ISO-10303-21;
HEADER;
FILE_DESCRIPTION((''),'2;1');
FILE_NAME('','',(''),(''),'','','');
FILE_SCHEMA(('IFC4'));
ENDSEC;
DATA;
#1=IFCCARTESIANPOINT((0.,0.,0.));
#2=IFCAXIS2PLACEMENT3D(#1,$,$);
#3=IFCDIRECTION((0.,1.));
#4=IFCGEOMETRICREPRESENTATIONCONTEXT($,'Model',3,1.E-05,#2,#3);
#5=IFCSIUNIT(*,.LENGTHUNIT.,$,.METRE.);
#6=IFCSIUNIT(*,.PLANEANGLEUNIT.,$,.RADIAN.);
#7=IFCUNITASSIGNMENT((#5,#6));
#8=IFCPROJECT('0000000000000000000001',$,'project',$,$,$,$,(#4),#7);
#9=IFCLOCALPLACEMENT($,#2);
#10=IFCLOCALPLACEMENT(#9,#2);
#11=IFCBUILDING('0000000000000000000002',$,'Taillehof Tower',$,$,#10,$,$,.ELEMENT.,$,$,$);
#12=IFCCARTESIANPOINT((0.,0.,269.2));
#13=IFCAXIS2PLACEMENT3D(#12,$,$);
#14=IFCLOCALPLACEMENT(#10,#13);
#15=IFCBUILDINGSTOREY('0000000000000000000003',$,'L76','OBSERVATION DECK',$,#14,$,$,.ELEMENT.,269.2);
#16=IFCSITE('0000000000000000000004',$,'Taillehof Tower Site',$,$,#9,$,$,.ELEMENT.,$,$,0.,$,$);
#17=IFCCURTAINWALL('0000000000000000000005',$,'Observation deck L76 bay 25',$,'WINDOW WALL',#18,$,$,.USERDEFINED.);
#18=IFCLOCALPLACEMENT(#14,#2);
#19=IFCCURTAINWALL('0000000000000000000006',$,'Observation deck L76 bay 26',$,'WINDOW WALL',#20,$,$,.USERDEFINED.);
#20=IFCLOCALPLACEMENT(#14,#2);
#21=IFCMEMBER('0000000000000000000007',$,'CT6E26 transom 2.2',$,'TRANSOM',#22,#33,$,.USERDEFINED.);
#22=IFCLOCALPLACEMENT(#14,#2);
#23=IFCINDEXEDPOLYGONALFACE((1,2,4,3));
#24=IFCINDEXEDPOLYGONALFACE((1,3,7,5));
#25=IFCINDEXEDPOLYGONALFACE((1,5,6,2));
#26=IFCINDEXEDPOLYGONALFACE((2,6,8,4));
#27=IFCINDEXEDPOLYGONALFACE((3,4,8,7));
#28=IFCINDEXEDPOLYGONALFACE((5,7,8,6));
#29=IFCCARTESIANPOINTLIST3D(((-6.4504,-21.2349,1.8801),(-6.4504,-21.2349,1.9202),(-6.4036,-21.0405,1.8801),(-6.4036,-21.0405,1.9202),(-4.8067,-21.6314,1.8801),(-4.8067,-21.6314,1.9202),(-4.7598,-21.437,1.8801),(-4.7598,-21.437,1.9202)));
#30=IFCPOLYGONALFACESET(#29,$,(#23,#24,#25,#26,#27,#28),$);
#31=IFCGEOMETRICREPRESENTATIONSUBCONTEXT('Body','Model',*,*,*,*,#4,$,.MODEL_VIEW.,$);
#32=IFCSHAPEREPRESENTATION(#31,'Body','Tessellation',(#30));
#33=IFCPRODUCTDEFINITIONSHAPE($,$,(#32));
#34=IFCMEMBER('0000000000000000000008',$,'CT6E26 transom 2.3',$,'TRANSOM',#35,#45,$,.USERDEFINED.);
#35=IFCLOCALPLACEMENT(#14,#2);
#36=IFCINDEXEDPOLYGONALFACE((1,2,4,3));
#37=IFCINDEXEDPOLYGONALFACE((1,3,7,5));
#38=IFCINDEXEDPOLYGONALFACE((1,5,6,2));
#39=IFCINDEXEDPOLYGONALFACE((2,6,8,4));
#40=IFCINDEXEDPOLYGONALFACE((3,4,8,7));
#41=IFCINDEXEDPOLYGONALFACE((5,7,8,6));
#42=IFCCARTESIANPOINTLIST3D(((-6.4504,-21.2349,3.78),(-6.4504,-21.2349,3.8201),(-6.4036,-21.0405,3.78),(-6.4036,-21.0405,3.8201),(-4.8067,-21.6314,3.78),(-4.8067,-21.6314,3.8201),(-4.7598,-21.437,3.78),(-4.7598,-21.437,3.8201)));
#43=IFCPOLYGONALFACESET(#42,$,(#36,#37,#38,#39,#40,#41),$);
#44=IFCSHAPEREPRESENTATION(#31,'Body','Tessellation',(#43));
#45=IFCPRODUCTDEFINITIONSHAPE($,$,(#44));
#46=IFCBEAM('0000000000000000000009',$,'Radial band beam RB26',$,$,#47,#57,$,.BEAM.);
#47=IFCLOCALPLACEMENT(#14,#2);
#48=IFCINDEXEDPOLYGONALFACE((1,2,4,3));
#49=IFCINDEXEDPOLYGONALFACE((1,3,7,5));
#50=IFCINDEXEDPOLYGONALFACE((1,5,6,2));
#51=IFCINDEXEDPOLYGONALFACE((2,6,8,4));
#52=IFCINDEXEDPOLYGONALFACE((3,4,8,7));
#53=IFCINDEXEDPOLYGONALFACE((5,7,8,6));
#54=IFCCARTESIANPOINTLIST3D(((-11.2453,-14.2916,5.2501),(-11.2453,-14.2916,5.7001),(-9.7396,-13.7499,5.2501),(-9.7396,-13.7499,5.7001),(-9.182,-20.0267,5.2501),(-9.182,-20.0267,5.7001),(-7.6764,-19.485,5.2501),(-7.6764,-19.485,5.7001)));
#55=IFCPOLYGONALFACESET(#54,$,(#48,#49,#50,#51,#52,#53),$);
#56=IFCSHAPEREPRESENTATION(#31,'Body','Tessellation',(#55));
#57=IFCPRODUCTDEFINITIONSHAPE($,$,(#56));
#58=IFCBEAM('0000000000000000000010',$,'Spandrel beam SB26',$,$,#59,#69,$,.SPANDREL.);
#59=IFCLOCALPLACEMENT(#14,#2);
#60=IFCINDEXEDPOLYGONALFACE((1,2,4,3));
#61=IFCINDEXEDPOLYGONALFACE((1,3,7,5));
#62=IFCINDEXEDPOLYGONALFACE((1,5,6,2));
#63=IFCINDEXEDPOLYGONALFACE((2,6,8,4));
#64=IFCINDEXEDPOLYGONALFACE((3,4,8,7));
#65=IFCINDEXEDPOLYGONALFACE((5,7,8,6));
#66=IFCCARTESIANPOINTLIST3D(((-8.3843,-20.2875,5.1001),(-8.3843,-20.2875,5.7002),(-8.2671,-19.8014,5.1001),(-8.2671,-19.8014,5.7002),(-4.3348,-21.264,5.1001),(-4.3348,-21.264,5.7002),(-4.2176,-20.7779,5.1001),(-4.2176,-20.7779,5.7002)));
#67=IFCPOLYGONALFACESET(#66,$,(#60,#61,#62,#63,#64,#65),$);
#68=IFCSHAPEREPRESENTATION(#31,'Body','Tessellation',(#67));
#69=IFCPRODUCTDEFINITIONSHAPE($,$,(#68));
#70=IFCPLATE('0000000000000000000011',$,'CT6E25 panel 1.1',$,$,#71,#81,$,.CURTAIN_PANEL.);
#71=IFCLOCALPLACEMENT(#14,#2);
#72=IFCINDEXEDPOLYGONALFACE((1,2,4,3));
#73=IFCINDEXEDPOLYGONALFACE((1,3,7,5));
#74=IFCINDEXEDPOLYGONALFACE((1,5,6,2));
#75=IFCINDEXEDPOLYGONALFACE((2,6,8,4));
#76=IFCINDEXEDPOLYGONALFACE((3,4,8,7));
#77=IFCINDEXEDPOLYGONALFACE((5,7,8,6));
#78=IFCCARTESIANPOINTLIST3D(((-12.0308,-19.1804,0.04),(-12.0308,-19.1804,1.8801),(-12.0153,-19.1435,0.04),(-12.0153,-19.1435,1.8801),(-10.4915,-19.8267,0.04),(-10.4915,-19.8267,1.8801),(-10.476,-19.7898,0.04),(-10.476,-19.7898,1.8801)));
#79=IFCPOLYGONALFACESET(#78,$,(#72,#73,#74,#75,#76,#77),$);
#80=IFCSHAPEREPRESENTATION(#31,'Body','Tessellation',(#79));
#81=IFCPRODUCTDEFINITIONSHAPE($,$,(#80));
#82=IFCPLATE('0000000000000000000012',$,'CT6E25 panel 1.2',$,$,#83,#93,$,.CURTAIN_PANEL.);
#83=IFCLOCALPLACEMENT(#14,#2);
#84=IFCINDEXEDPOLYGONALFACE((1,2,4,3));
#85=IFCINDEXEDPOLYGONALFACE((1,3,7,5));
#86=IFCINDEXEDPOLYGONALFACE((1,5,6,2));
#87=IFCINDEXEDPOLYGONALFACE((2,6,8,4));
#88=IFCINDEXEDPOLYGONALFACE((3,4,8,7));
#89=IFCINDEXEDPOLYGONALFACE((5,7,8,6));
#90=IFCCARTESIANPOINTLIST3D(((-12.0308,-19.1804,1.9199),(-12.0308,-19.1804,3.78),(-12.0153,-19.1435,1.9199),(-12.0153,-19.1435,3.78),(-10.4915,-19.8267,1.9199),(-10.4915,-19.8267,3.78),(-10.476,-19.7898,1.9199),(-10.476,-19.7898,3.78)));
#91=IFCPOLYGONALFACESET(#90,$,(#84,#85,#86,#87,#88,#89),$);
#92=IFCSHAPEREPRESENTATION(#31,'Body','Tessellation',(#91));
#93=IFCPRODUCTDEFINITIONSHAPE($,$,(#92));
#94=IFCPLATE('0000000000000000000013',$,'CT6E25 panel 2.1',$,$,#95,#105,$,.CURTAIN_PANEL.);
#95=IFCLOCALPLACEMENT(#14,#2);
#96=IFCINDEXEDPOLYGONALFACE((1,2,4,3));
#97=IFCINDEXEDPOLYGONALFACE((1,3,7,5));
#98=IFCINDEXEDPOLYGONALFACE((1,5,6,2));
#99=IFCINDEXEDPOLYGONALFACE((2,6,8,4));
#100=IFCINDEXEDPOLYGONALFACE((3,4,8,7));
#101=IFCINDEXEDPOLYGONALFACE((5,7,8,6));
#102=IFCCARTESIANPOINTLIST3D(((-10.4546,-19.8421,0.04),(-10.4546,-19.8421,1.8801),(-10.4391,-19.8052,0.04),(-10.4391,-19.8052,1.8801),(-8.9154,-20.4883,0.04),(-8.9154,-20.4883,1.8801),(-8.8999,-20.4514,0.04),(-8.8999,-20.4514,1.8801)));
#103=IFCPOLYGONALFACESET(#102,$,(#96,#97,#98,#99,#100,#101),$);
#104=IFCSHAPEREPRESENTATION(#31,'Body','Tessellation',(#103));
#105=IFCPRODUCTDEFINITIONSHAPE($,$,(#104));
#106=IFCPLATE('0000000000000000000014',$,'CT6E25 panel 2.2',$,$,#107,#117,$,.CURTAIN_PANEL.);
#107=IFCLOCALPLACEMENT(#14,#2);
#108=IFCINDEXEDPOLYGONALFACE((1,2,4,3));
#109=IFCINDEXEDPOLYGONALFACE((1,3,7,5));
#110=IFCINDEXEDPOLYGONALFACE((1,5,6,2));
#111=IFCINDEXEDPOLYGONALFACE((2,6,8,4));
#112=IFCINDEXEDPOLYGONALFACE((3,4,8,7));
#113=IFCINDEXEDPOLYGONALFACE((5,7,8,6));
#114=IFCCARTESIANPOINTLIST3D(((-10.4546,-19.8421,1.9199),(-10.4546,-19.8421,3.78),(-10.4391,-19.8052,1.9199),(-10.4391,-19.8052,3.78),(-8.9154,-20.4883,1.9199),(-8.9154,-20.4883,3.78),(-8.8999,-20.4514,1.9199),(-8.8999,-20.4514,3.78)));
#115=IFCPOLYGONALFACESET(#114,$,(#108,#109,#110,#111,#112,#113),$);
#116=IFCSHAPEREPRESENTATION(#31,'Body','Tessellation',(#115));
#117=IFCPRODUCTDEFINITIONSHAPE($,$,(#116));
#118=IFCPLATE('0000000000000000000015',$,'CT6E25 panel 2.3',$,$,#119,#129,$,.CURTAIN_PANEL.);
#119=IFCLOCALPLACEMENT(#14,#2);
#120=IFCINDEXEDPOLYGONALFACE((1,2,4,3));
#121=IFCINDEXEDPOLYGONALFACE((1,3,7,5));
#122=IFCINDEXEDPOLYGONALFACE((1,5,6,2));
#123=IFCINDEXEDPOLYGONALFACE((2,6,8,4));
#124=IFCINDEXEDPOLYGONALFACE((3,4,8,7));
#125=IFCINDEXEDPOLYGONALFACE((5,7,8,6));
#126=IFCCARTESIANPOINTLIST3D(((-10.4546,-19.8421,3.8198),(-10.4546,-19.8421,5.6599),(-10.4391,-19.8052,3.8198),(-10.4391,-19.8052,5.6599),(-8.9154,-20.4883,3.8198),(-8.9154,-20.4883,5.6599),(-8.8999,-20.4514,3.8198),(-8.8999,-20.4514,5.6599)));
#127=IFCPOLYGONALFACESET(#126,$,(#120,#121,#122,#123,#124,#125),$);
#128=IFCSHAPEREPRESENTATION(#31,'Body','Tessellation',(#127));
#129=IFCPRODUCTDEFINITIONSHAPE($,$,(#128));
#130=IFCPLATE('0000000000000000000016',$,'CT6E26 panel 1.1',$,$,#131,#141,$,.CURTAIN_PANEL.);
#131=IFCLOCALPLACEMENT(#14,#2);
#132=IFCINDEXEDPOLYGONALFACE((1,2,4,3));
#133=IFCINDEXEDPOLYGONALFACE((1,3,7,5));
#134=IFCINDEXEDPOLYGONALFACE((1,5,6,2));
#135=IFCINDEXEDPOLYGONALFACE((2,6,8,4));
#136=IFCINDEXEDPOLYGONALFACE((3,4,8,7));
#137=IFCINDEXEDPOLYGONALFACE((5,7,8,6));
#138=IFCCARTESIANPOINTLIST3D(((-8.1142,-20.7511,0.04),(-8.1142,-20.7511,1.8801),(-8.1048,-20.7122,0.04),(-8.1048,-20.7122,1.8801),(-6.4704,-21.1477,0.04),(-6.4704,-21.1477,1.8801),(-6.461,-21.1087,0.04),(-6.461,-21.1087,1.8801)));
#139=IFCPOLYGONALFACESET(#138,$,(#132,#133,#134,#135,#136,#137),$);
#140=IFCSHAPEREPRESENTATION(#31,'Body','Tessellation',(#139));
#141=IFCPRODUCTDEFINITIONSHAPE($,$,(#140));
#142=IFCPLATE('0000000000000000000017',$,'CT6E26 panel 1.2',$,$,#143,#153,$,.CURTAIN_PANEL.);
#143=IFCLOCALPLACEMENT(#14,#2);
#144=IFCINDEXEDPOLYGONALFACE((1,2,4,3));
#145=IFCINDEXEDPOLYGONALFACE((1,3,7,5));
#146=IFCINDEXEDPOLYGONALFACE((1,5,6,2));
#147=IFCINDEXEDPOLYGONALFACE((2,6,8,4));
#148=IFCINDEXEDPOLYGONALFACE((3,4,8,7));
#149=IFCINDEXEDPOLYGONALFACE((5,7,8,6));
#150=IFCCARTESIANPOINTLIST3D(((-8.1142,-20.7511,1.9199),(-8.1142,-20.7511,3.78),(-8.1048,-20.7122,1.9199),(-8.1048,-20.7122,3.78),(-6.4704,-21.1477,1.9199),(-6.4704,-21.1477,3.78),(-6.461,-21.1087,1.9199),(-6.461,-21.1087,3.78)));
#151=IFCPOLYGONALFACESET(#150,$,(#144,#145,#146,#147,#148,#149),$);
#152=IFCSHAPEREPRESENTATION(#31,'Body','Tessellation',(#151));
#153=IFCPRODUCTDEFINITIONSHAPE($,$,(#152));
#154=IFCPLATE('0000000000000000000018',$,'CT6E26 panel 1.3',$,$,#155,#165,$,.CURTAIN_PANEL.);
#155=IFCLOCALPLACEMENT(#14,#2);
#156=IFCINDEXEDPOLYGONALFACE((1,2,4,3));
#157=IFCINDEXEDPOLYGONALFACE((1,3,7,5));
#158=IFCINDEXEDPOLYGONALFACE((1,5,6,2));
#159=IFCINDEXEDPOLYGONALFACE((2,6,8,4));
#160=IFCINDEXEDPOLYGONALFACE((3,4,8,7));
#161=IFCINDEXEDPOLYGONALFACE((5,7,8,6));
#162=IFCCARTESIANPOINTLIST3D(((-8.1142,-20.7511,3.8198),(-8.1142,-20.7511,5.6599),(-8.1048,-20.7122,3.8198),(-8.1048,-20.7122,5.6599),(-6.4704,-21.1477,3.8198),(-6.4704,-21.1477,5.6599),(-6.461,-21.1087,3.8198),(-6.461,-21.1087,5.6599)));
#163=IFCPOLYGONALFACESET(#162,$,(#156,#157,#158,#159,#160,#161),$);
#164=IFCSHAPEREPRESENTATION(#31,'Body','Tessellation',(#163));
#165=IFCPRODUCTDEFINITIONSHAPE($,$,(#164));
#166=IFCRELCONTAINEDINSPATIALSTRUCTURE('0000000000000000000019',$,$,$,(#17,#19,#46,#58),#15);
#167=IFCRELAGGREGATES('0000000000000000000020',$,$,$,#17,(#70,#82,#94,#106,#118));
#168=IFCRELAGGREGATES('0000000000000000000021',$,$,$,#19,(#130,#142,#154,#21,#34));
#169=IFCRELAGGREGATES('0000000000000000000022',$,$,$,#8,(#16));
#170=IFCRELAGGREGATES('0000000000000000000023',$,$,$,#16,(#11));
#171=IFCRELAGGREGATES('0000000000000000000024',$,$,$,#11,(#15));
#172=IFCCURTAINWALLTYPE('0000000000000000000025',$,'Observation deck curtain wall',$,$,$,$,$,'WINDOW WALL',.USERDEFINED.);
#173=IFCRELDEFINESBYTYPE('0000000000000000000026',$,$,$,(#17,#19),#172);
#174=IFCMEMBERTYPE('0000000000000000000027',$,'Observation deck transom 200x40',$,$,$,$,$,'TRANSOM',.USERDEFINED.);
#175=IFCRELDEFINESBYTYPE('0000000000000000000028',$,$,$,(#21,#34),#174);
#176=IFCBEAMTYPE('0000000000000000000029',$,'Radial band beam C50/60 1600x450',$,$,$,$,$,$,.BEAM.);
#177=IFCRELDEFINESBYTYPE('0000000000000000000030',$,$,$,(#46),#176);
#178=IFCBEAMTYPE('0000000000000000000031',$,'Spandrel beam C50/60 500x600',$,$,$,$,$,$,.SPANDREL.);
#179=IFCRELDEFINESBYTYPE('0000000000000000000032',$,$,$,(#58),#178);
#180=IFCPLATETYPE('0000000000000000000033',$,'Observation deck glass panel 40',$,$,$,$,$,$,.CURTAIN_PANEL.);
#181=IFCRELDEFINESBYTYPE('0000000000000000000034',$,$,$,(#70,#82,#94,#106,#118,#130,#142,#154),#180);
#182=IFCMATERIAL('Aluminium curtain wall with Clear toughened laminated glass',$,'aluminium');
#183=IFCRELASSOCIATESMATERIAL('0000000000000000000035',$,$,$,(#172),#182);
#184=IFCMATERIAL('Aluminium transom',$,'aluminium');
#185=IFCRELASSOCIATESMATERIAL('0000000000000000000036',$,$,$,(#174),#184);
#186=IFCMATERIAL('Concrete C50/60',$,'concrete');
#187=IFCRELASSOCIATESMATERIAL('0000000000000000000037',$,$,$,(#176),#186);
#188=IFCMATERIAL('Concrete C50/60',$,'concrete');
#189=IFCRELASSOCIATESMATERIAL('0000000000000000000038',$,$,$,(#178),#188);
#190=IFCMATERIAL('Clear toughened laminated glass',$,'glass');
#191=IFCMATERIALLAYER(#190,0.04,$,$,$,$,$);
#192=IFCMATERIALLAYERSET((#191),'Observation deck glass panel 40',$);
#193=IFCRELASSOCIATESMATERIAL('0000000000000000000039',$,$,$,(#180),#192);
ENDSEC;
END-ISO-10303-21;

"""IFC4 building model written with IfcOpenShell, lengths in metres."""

from ifc_helpers import new_model, si_unit, direction, frame, origin, origin_2d, place, context, subcontext, project, spatial, rectangle, extrude, material, layer, layer_set, material_profile, profile_set, type_object, element, aggregate, save


model = new_model("IFC4")

# Units and contexts
model_context = context("Model", 3, precision=1e-05, world=origin(), true_north=direction((0.0, 1.0)))
body_context = subcontext(model_context, "Body", "Model", "MODEL_VIEW")
ifc_project = project(units=[si_unit("LENGTHUNIT", "METRE"), si_unit("PLANEANGLEUNIT", "RADIAN")], contexts=[model_context])

# Site, building, storey
site_placement = place(None, origin())
site = spatial("IfcSite", under=ifc_project, at=site_placement, Name="Taillehof Tower Site", CompositionType="ELEMENT", RefElevation=0.0)
building_placement = place(site_placement, origin())
building = spatial("IfcBuilding", under=site, at=building_placement, Name="Taillehof Tower", CompositionType="ELEMENT")
storey_placement = place(building_placement, frame((0.0, 0.0, 269.2)))
storey = spatial("IfcBuildingStorey", under=building, at=storey_placement, Name="L76", Description="OBSERVATION DECK", CompositionType="ELEMENT", Elevation=269.2)

# Curtain walls
ifc_material_1 = material(Name="Aluminium curtain wall with Clear toughened laminated glass", Category="aluminium")
curtain_wall_type = type_object("IfcCurtainWallType", Name="Observation deck curtain wall", ElementType="WINDOW WALL", PredefinedType="USERDEFINED", material=ifc_material_1)
curtain_wall_1_placement = place(storey_placement, origin())
curtain_wall_1 = element("IfcCurtainWall", 1, at=curtain_wall_1_placement, inside=storey, type_object=curtain_wall_type, Name="Observation deck L76 bay 25", ObjectType="WINDOW WALL", PredefinedType="USERDEFINED")
curtain_wall_2_placement = place(storey_placement, origin())
curtain_wall_2 = element("IfcCurtainWall", 2, at=curtain_wall_2_placement, inside=storey, type_object=curtain_wall_type, Name="Observation deck L76 bay 26", ObjectType="WINDOW WALL", PredefinedType="USERDEFINED")

# Members
ifc_material_2 = material(Name="Aluminium transom", Category="aluminium")
ifc_material_profile_1 = material_profile(ifc_material_2, rectangle(XDim=0.2, YDim=0.04, at=origin_2d()), Name="AL 200x40")
ifc_profile_set_1 = profile_set([ifc_material_profile_1], Name="Aluminium transom")
member_type_1 = type_object("IfcMemberType", Name="Observation deck transom 200x40", ElementType="TRANSOM", PredefinedType="USERDEFINED", material=ifc_profile_set_1)
member_1_placement = place(storey_placement, frame((-6.427, -21.1377, 1.9001), z_axis=(0.972122, -0.234476, 0.0), x_axis=(0.234476, 0.972122, 0.0)))
member_1 = element("IfcMember", 3, at=member_1_placement, type_object=member_type_1, Name="CT6E26 transom 2.2", ObjectType="TRANSOM", PredefinedType="USERDEFINED", context=body_context, shape_type="SweptSolid", body=[
    extrude(rectangle(XDim=0.2, YDim=0.04, at=origin_2d()), origin(), (0.0, 0.0, 1.0), 1.6909),
])
member_2_placement = place(storey_placement, frame((-6.427, -21.1377, 3.8), z_axis=(0.972122, -0.234476, 0.0), x_axis=(0.234476, 0.972122, 0.0)))
member_2 = element("IfcMember", 4, at=member_2_placement, type_object=member_type_1, Name="CT6E26 transom 2.3", ObjectType="TRANSOM", PredefinedType="USERDEFINED", context=body_context, shape_type="SweptSolid", body=[
    extrude(rectangle(XDim=0.2, YDim=0.04, at=origin_2d()), origin(), (0.0, 0.0, 1.0), 1.6909),
])

# Beams
ifc_material_3 = material(Name="Concrete C50/60", Category="concrete")
ifc_material_profile_2 = material_profile(ifc_material_3, rectangle(XDim=1.6001, YDim=0.45, at=origin_2d()), Name="RC 1600x450")
ifc_profile_set_2 = profile_set([ifc_material_profile_2], Name="Concrete C50/60")
beam_type_1 = type_object("IfcBeamType", Name="Radial band beam C50/60 1600x450", PredefinedType="BEAM", material=ifc_profile_set_2)
beam_1_placement = place(storey_placement, frame((-8.4292, -19.7559, 5.4751), z_axis=(-0.338515, 0.940961, 0.0), x_axis=(-0.940961, -0.338515, 0.0)))
element("IfcBeam", 5, at=beam_1_placement, inside=storey, type_object=beam_type_1, Name="Radial band beam RB26", PredefinedType="BEAM", context=body_context, shape_type="SweptSolid", body=[
    extrude(rectangle(XDim=1.6001, YDim=0.45, at=origin_2d()), origin(), (0.0, 0.0, 1.0), 6.095),
])
ifc_material_4 = material(Name="Concrete C50/60", Category="concrete")
ifc_material_profile_3 = material_profile(ifc_material_4, rectangle(XDim=0.5, YDim=0.6001, at=origin_2d()), Name="RC 500x600")
ifc_profile_set_3 = profile_set([ifc_material_profile_3], Name="Concrete C50/60")
beam_type_2 = type_object("IfcBeamType", Name="Spandrel beam C50/60 500x600", PredefinedType="SPANDREL", material=ifc_profile_set_3)
beam_2_placement = place(storey_placement, frame((-8.3257, -20.0444, 5.4001), z_axis=(0.972132, -0.234432, 0.0), x_axis=(0.234432, 0.972132, 0.0)))
element("IfcBeam", 6, at=beam_2_placement, inside=storey, type_object=beam_type_2, Name="Spandrel beam SB26", PredefinedType="SPANDREL", context=body_context, shape_type="SweptSolid", body=[
    extrude(rectangle(XDim=0.5, YDim=0.6001, at=origin_2d()), origin(), (0.0, 0.0, 1.0), 4.1655),
])

# Plates
ifc_material_5 = material(Name="Clear toughened laminated glass", Category="glass")
ifc_layer = layer(ifc_material_5, 0.04)
ifc_layer_set = layer_set([ifc_layer], Name="Observation deck glass panel 40")
plate_type = type_object("IfcPlateType", Name="Observation deck glass panel 40", PredefinedType="CURTAIN_PANEL", material=ifc_layer_set)
plate_1_placement = place(storey_placement, frame((-11.2534, -19.4851, 0.04), z_axis=(0.0, 0.0, 1.0), x_axis=(0.922037, -0.387101, 0.0)))
plate_1 = element("IfcPlate", 7, at=plate_1_placement, type_object=plate_type, Name="CT6E25 panel 1.1", PredefinedType="CURTAIN_PANEL", context=body_context, shape_type="SweptSolid", body=[
    extrude(rectangle(XDim=1.6694, YDim=0.04, at=origin_2d()), origin(), (0.0, 0.0, 1.0), 1.8401),
])
plate_2_placement = place(storey_placement, frame((-11.2534, -19.4851, 1.9199), z_axis=(0.0, 0.0, 1.0), x_axis=(0.922037, -0.387101, 0.0)))
plate_2 = element("IfcPlate", 8, at=plate_2_placement, type_object=plate_type, Name="CT6E25 panel 1.2", PredefinedType="CURTAIN_PANEL", context=body_context, shape_type="SweptSolid", body=[
    extrude(rectangle(XDim=1.6694, YDim=0.04, at=origin_2d()), origin(), (0.0, 0.0, 1.0), 1.8601),
])
plate_3_placement = place(storey_placement, frame((-9.6772, -20.1467, 0.04), z_axis=(0.0, 0.0, 1.0), x_axis=(0.922037, -0.387101, 0.0)))
plate_3 = element("IfcPlate", 9, at=plate_3_placement, type_object=plate_type, Name="CT6E25 panel 2.1", PredefinedType="CURTAIN_PANEL", context=body_context, shape_type="SweptSolid", body=[
    extrude(rectangle(XDim=1.6694, YDim=0.04, at=origin_2d()), origin(), (0.0, 0.0, 1.0), 1.8401),
])
plate_4_placement = place(storey_placement, frame((-9.6772, -20.1467, 1.9199), z_axis=(0.0, 0.0, 1.0), x_axis=(0.922037, -0.387101, 0.0)))
plate_4 = element("IfcPlate", 10, at=plate_4_placement, type_object=plate_type, Name="CT6E25 panel 2.2", PredefinedType="CURTAIN_PANEL", context=body_context, shape_type="SweptSolid", body=[
    extrude(rectangle(XDim=1.6694, YDim=0.04, at=origin_2d()), origin(), (0.0, 0.0, 1.0), 1.8601),
])
plate_5_placement = place(storey_placement, frame((-9.6772, -20.1467, 3.8198), z_axis=(0.0, 0.0, 1.0), x_axis=(0.922037, -0.387101, 0.0)))
plate_5 = element("IfcPlate", 11, at=plate_5_placement, type_object=plate_type, Name="CT6E25 panel 2.3", PredefinedType="CURTAIN_PANEL", context=body_context, shape_type="SweptSolid", body=[
    extrude(rectangle(XDim=1.6694, YDim=0.04, at=origin_2d()), origin(), (0.0, 0.0, 1.0), 1.8401),
])
aggregate(curtain_wall_1, [plate_1, plate_2, plate_3, plate_4, plate_5])
plate_6_placement = place(storey_placement, frame((-7.2876, -20.9299, 0.04), z_axis=(0.0, 0.0, 1.0), x_axis=(0.972113, -0.234515, 0.0)))
plate_6 = element("IfcPlate", 12, at=plate_6_placement, type_object=plate_type, Name="CT6E26 panel 1.1", PredefinedType="CURTAIN_PANEL", context=body_context, shape_type="SweptSolid", body=[
    extrude(rectangle(XDim=1.6909, YDim=0.04, at=origin_2d()), origin(), (0.0, 0.0, 1.0), 1.8401),
])
plate_7_placement = place(storey_placement, frame((-7.2876, -20.9299, 1.9199), z_axis=(0.0, 0.0, 1.0), x_axis=(0.972113, -0.234515, 0.0)))
plate_7 = element("IfcPlate", 13, at=plate_7_placement, type_object=plate_type, Name="CT6E26 panel 1.2", PredefinedType="CURTAIN_PANEL", context=body_context, shape_type="SweptSolid", body=[
    extrude(rectangle(XDim=1.6909, YDim=0.04, at=origin_2d()), origin(), (0.0, 0.0, 1.0), 1.8601),
])
plate_8_placement = place(storey_placement, frame((-7.2876, -20.9299, 3.8198), z_axis=(0.0, 0.0, 1.0), x_axis=(0.972113, -0.234515, 0.0)))
plate_8 = element("IfcPlate", 14, at=plate_8_placement, type_object=plate_type, Name="CT6E26 panel 1.3", PredefinedType="CURTAIN_PANEL", context=body_context, shape_type="SweptSolid", body=[
    extrude(rectangle(XDim=1.6909, YDim=0.04, at=origin_2d()), origin(), (0.0, 0.0, 1.0), 1.8401),
])
aggregate(curtain_wall_2, [plate_6, plate_7, plate_8, member_1, member_2])

save(model, "model.ifc")
